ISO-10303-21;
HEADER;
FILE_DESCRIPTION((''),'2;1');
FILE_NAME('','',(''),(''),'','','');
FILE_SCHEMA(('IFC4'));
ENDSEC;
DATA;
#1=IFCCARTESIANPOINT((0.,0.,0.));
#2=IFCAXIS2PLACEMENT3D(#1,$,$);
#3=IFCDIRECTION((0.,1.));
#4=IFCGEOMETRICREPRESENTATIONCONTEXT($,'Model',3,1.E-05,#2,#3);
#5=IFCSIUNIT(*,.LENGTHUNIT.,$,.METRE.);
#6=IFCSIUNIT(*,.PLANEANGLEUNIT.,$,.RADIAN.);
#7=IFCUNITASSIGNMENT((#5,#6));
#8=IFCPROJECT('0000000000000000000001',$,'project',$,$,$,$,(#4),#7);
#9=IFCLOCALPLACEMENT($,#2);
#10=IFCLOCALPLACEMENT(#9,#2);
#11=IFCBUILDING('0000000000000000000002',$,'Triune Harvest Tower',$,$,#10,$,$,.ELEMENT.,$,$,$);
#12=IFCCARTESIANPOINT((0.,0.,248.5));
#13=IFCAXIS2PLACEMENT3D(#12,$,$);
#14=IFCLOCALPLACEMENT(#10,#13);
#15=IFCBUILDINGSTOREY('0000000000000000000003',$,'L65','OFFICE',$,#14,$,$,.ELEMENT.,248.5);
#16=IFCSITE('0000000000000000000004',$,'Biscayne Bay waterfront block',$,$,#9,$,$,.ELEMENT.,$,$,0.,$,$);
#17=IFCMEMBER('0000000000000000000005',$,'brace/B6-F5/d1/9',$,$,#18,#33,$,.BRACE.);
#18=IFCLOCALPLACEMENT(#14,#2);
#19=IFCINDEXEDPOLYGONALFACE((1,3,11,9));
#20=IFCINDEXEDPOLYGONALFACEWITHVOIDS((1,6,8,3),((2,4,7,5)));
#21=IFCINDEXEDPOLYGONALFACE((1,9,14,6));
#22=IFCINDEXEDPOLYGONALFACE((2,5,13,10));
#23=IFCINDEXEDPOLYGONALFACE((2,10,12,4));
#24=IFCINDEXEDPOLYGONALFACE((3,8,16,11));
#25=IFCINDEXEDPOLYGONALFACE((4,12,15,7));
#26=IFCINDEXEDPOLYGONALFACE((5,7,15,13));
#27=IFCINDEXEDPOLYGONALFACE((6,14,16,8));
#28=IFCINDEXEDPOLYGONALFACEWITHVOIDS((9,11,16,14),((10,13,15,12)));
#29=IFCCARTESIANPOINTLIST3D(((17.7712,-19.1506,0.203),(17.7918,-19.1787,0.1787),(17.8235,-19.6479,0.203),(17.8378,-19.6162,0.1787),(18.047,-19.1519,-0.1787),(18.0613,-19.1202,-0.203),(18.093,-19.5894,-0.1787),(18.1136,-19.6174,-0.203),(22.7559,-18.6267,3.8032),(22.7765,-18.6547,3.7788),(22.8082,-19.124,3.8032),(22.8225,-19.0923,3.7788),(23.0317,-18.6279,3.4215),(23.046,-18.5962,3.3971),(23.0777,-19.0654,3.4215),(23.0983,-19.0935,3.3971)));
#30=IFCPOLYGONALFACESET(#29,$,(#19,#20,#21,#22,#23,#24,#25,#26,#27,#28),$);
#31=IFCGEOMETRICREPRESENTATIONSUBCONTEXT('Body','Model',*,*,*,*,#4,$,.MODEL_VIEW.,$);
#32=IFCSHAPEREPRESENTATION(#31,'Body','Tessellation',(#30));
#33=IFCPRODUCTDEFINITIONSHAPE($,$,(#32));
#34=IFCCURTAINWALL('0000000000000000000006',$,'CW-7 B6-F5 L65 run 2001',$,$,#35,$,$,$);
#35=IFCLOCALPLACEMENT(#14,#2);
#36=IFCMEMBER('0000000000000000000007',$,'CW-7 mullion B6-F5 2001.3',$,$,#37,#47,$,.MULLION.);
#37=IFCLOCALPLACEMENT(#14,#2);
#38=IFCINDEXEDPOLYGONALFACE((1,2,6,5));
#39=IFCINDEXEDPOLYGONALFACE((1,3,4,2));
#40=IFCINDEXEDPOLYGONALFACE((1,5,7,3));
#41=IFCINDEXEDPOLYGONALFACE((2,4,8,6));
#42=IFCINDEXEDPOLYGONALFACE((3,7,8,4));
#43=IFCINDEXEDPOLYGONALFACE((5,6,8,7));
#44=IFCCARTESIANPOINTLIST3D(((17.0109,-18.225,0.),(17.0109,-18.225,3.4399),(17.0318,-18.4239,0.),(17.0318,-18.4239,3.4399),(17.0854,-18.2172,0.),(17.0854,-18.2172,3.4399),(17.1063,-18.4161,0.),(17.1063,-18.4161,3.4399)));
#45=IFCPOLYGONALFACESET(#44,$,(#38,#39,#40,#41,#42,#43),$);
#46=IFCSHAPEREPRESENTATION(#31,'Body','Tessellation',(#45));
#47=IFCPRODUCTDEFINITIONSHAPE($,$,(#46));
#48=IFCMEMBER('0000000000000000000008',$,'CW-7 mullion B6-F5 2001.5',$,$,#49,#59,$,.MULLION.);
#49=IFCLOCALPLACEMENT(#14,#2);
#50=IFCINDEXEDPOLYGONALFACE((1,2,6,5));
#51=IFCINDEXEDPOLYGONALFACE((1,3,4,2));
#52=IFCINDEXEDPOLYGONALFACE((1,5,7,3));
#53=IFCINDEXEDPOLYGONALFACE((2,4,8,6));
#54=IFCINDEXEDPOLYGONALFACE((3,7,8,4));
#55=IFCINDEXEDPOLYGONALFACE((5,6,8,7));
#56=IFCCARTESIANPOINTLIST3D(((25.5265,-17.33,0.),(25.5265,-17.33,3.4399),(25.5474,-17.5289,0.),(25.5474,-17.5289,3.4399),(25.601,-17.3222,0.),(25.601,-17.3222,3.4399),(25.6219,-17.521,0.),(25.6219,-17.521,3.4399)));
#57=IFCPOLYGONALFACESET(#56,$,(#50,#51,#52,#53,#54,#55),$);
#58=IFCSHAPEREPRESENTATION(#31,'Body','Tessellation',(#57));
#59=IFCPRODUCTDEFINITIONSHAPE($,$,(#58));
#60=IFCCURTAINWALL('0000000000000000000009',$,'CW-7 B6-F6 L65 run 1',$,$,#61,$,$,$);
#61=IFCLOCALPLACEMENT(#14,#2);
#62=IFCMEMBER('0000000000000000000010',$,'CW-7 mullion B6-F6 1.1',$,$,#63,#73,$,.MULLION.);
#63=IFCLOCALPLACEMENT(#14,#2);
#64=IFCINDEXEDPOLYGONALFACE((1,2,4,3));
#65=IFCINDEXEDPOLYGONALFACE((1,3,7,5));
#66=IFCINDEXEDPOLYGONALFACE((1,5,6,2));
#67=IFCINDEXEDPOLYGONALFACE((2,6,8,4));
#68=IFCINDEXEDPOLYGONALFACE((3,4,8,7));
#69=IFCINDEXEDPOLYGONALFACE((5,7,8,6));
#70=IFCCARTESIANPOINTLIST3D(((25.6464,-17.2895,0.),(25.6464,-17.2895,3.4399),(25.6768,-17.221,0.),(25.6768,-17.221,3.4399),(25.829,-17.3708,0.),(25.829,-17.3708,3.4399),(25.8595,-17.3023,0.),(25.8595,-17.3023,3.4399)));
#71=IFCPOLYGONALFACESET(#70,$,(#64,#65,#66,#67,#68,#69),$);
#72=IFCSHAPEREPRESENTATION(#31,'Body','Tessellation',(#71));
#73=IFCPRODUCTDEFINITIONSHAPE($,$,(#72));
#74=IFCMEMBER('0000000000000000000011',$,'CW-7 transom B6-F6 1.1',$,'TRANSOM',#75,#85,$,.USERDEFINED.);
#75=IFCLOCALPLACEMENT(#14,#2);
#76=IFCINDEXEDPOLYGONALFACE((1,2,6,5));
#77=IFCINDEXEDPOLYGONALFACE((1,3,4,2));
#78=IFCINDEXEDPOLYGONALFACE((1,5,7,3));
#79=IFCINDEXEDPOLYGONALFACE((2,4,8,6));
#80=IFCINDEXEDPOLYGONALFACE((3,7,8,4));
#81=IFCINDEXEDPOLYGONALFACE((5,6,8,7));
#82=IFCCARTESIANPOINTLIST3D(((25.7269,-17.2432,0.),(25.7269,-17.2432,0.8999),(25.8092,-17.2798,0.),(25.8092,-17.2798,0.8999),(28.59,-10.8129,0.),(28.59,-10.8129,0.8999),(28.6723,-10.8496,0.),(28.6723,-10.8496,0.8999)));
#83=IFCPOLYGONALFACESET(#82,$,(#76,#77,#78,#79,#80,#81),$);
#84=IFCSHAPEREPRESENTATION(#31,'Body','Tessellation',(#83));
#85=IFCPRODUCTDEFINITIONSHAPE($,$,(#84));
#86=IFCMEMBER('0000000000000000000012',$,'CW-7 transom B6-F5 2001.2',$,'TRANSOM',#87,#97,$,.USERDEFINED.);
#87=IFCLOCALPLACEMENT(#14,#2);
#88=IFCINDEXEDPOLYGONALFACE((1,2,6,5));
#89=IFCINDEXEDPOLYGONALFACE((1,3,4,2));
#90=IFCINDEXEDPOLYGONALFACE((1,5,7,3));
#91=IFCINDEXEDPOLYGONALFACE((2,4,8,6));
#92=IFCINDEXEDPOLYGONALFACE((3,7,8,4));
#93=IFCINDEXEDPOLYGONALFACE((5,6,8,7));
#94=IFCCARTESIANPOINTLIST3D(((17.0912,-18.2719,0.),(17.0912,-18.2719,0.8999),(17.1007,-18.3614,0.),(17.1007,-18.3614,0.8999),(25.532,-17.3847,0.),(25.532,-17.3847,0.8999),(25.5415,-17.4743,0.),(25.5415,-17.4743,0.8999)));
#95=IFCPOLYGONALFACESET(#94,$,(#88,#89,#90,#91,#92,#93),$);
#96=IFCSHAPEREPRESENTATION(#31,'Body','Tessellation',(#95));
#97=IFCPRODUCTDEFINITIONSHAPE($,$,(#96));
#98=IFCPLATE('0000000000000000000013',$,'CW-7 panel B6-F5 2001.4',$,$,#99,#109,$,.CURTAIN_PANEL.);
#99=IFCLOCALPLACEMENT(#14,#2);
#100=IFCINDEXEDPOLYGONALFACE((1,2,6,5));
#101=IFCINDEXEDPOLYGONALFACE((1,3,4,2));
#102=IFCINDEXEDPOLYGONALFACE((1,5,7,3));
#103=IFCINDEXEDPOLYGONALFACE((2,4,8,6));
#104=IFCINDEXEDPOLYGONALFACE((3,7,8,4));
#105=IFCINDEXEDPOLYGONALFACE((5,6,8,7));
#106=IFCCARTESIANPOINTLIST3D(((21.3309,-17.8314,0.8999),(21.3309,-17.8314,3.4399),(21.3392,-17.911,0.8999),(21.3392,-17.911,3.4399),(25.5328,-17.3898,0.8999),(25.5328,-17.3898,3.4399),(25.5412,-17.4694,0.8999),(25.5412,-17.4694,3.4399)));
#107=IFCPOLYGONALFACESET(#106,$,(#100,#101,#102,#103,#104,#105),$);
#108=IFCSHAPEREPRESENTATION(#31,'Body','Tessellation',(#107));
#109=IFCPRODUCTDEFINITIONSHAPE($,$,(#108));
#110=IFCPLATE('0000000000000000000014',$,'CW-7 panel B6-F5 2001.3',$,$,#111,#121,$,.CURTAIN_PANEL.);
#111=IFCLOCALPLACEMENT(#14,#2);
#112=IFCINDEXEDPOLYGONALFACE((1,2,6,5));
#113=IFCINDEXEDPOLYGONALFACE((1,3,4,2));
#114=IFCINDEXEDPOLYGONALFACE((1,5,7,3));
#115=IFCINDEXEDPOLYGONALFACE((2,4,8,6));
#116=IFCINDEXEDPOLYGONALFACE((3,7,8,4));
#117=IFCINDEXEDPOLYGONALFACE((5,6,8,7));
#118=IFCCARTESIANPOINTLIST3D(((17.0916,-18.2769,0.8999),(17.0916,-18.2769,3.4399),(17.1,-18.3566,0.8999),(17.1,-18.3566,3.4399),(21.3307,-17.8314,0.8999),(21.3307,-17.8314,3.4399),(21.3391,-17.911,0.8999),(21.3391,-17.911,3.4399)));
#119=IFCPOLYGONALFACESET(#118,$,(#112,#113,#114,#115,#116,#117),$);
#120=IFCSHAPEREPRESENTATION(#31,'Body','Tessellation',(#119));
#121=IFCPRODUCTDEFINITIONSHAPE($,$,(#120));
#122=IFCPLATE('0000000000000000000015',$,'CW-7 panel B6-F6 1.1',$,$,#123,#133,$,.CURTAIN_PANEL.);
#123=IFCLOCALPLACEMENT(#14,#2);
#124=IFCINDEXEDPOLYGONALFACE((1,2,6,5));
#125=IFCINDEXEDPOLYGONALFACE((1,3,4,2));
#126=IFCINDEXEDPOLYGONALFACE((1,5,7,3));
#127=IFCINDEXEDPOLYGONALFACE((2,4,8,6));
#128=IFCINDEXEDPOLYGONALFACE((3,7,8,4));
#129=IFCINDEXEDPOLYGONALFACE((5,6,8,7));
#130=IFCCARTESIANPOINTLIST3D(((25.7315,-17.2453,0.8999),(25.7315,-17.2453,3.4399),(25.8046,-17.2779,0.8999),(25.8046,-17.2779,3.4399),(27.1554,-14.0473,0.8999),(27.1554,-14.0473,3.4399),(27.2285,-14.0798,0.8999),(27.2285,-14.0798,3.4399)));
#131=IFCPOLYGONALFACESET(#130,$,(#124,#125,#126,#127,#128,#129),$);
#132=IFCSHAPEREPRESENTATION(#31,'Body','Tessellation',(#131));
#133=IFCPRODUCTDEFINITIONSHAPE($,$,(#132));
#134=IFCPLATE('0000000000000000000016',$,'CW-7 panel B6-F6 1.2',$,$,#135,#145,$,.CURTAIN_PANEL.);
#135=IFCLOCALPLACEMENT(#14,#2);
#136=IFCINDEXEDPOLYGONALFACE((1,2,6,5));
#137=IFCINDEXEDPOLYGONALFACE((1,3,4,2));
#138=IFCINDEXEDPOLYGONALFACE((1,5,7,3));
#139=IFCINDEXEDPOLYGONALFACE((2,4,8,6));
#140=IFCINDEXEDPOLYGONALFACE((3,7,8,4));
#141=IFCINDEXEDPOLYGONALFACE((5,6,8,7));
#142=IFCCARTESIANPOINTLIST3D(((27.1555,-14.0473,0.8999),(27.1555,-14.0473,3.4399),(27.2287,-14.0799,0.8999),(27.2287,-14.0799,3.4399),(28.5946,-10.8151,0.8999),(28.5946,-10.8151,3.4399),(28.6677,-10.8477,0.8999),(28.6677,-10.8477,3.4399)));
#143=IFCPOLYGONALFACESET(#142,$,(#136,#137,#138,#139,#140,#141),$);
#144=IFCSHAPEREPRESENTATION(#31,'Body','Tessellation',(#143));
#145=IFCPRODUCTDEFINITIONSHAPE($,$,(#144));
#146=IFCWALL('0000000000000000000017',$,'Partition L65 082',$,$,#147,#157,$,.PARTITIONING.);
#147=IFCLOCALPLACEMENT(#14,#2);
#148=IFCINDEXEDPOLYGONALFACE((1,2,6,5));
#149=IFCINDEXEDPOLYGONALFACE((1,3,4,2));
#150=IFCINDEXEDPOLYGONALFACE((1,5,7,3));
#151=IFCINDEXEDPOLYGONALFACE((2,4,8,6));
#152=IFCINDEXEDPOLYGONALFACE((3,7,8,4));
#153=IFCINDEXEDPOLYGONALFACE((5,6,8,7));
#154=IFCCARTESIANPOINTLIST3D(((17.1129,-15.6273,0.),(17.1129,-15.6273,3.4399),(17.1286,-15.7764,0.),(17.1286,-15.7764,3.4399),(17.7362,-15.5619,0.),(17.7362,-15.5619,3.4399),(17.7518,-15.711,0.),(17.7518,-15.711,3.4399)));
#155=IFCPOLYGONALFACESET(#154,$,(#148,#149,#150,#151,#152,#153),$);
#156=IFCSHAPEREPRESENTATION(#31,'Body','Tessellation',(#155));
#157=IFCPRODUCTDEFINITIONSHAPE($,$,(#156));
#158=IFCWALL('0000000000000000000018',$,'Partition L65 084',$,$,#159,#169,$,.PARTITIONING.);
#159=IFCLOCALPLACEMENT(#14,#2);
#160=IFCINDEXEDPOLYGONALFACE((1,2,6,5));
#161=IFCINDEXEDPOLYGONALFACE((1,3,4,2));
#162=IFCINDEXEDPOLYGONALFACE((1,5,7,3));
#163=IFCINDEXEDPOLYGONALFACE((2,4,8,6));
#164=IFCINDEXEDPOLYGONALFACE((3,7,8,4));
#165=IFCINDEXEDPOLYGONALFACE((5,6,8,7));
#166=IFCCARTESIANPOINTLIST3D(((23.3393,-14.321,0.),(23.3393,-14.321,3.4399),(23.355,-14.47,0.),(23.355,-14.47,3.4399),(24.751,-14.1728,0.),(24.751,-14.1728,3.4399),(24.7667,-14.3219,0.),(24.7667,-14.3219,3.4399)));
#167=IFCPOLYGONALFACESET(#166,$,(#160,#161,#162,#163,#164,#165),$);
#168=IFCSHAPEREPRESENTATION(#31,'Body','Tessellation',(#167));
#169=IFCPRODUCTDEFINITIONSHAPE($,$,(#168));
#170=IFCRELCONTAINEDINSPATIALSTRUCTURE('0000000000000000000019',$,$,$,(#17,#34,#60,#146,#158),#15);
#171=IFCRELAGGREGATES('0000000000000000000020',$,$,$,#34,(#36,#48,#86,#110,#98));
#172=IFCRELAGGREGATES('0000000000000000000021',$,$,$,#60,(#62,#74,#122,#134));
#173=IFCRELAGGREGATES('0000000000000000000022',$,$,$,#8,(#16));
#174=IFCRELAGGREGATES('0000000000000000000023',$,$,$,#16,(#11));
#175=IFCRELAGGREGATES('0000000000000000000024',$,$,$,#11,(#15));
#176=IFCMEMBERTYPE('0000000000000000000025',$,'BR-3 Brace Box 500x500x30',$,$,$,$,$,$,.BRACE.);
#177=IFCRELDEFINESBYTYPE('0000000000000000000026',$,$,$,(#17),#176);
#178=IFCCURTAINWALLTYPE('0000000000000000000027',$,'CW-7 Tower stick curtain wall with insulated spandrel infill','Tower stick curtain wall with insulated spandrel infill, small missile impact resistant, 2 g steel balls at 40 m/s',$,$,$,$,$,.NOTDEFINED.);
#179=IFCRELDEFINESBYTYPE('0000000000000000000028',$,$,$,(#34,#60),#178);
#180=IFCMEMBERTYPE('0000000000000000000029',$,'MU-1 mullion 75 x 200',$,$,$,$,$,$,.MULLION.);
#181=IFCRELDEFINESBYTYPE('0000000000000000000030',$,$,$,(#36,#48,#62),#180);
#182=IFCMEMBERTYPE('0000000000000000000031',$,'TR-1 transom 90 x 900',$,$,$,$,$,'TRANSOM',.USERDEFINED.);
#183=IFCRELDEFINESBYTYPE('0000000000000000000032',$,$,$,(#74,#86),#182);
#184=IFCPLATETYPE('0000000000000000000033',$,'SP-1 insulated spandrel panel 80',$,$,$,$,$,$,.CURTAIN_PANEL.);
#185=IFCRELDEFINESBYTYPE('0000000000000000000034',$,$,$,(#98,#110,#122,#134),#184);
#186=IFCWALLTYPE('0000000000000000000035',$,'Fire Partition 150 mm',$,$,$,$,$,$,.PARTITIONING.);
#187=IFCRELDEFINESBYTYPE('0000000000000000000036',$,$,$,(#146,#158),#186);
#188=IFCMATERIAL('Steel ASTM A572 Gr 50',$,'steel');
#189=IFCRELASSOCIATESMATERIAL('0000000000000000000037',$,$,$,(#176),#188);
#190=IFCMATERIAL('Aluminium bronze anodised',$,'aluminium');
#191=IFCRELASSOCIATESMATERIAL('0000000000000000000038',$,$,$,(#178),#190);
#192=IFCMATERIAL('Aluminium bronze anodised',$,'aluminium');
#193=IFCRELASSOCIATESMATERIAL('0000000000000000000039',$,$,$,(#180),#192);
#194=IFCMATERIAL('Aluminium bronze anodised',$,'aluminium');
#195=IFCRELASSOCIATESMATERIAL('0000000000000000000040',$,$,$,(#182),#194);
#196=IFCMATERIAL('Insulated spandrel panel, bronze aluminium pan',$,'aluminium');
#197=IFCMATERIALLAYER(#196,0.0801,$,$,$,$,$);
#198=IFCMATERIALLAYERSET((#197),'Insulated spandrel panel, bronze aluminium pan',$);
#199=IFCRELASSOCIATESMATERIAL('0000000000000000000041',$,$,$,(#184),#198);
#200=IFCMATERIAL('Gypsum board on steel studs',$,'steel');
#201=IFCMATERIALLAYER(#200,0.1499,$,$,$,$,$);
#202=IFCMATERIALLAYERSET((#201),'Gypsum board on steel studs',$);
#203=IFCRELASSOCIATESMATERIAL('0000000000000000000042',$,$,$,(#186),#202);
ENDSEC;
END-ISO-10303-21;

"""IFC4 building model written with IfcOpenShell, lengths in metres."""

from ifc_helpers import new_model, si_unit, direction, frame, frame_2d, origin, origin_2d, place, context, subcontext, project, spatial, rectangle, hollow_rectangle, extrude, source, transform, mapped, material, layer, layer_set, material_profile, profile_set, type_object, element, aggregate, save


model = new_model("IFC4")

# Units and contexts
model_context = context("Model", 3, precision=1e-05, world=origin(), true_north=direction((0.0, 1.0)))
body_context = subcontext(model_context, "Body", "Model", "MODEL_VIEW")
ifc_project = project(units=[si_unit("LENGTHUNIT", "METRE"), si_unit("PLANEANGLEUNIT", "RADIAN")], contexts=[model_context])

# Site, building, storey
site_placement = place(None, origin())
site = spatial("IfcSite", under=ifc_project, at=site_placement, Name="Biscayne Bay waterfront block", CompositionType="ELEMENT", RefElevation=0.0)
building_placement = place(site_placement, origin())
building = spatial("IfcBuilding", under=site, at=building_placement, Name="Triune Harvest Tower", CompositionType="ELEMENT")
storey_placement = place(building_placement, frame((0.0, 0.0, 248.5)))
storey = spatial("IfcBuildingStorey", under=building, at=storey_placement, Name="L65", Description="OFFICE", CompositionType="ELEMENT", Elevation=248.5)

# Member
ifc_material_1 = material(Name="Steel ASTM A572 Gr 50", Category="steel")
ifc_material_profile_1 = material_profile(ifc_material_1, hollow_rectangle(XDim=0.5, YDim=0.5, WallThickness=0.03, at=origin_2d()), Name="Box 500x500x30")
ifc_profile_set_1 = profile_set([ifc_material_profile_1], Name="Steel ASTM A572 Gr 50")
member_type_1 = type_object("IfcMemberType", Name="BR-3 Brace Box 500x500x30", PredefinedType="BRACE", material=ifc_profile_set_1)
shared_shape_1 = source(origin(), body_context, "Body", "SweptSolid", [
    extrude(hollow_rectangle(XDim=0.5, YDim=0.5, WallThickness=0.03, at=origin_2d()), origin(), (0.0, 0.0, 1.0), 6.1711),
])
member_1_placement = place(storey_placement, frame((17.9424, -19.384, 0.0), z_axis=(0.807745, 0.084901, 0.583387), x_axis=(-0.104533, 0.994521, 0.0)))
element("IfcMember", 1, at=member_1_placement, inside=storey, type_object=member_type_1, Name="brace/B6-F5/d1/9", PredefinedType="BRACE", context=body_context, shape_type="MappedRepresentation", body=[
    mapped(shared_shape_1, transform((0.0, 0.0, 0.0), scale=1.0)),
])

# Curtain walls, members
ifc_material_2 = material(Name="Aluminium bronze anodised", Category="aluminium")
curtain_wall_type = type_object("IfcCurtainWallType", Name="CW-7 Tower stick curtain wall with insulated spandrel infill", Description="Tower stick curtain wall with insulated spandrel infill, small missile impact resistant, 2 g steel balls at 40 m/s", PredefinedType="NOTDEFINED", material=ifc_material_2)
curtain_wall_1_placement = place(storey_placement, origin())
curtain_wall_1 = element("IfcCurtainWall", 2, at=curtain_wall_1_placement, inside=storey, type_object=curtain_wall_type, Name="CW-7 B6-F5 L65 run 2001")
ifc_material_3 = material(Name="Aluminium bronze anodised", Category="aluminium")
ifc_material_profile_2 = material_profile(ifc_material_3, rectangle(XDim=0.2, YDim=0.075, at=origin_2d()), Name="MU-1 mullion 75 x 200")
ifc_profile_set_2 = profile_set([ifc_material_profile_2], Name="Aluminium bronze anodised")
member_type_2 = type_object("IfcMemberType", Name="MU-1 mullion 75 x 200", PredefinedType="MULLION", material=ifc_profile_set_2)
shared_shape_2 = source(origin(), body_context, "Body", "SweptSolid", [
    extrude(rectangle(XDim=0.2, YDim=0.075, at=origin_2d()), origin(), (0.0, 0.0, 1.0), 3.4399),
])
member_2_placement = place(storey_placement, frame((17.0586, -18.3206, 0.0), z_axis=(0.0, 0.0, 1.0), x_axis=(-0.104528, 0.994522, 0.0)))
member_2 = element("IfcMember", 3, at=member_2_placement, type_object=member_type_2, Name="CW-7 mullion B6-F5 2001.3", PredefinedType="MULLION", context=body_context, shape_type="MappedRepresentation", body=[
    mapped(shared_shape_2, transform((0.0, 0.0, 0.0), scale=1.0)),
])
member_3_placement = place(storey_placement, frame((25.5742, -17.4255, 0.0), z_axis=(0.0, 0.0, 1.0), x_axis=(-0.104528, 0.994522, 0.0)))
member_3 = element("IfcMember", 4, at=member_3_placement, type_object=member_type_2, Name="CW-7 mullion B6-F5 2001.5", PredefinedType="MULLION", context=body_context, shape_type="MappedRepresentation", body=[
    mapped(shared_shape_2, transform((0.0, 0.0, 0.0), scale=1.0)),
])
curtain_wall_2_placement = place(storey_placement, origin())
curtain_wall_2 = element("IfcCurtainWall", 5, at=curtain_wall_2_placement, inside=storey, type_object=curtain_wall_type, Name="CW-7 B6-F6 L65 run 1")
member_4_placement = place(storey_placement, frame((25.7529, -17.2959, 0.0), z_axis=(0.0, 0.0, 1.0), x_axis=(-0.913543, 0.406743, 0.0)))
member_4 = element("IfcMember", 6, at=member_4_placement, type_object=member_type_2, Name="CW-7 mullion B6-F6 1.1", PredefinedType="MULLION", context=body_context, shape_type="MappedRepresentation", body=[
    mapped(shared_shape_2, transform((0.0, 0.0, 0.0), scale=1.0)),
])
ifc_material_4 = material(Name="Aluminium bronze anodised", Category="aluminium")
ifc_material_profile_3 = material_profile(ifc_material_4, rectangle(XDim=0.0901, YDim=0.8999, at=origin_2d()), Name="TR-1 transom 90 x 900")
ifc_profile_set_3 = profile_set([ifc_material_profile_3], Name="Aluminium bronze anodised")
member_type_3 = type_object("IfcMemberType", Name="TR-1 transom 90 x 900", ElementType="TRANSOM", PredefinedType="USERDEFINED", material=ifc_profile_set_3)
shared_shape_3 = source(origin(), body_context, "Body", "SweptSolid", [
    extrude(rectangle(XDim=0.0901, YDim=0.8999, at=origin_2d()), origin(), (0.0, 0.0, 1.0), 7.0388),
])
member_5_placement = place(storey_placement, frame((25.7681, -17.2615, 0.45), z_axis=(0.406753, 0.913538, 0.0), x_axis=(-0.913538, 0.406753, 0.0)))
member_5 = element("IfcMember", 7, at=member_5_placement, type_object=member_type_3, Name="CW-7 transom B6-F6 1.1", ObjectType="TRANSOM", PredefinedType="USERDEFINED", context=body_context, shape_type="MappedRepresentation", body=[
    mapped(shared_shape_3, transform((0.0, 0.0, 0.0), scale=1.0)),
])

# Member
shared_shape_4 = source(origin(), body_context, "Body", "SweptSolid", [
    extrude(rectangle(XDim=0.0901, YDim=0.8999, at=origin_2d()), origin(), (0.0, 0.0, 1.0), 8.4873),
])
member_6_placement = place(storey_placement, frame((17.0959, -18.3167, 0.45), z_axis=(0.994522, 0.104532, 0.0), x_axis=(-0.104532, 0.994522, 0.0)))
member_6 = element("IfcMember", 8, at=member_6_placement, type_object=member_type_3, Name="CW-7 transom B6-F5 2001.2", ObjectType="TRANSOM", PredefinedType="USERDEFINED", context=body_context, shape_type="MappedRepresentation", body=[
    mapped(shared_shape_4, transform((0.0, 0.0, 0.0), scale=1.0)),
])

# Plates
ifc_material_5 = material(Name="Insulated spandrel panel, bronze aluminium pan", Category="aluminium")
ifc_layer_1 = layer(ifc_material_5, 0.0801)
ifc_layer_set_1 = layer_set([ifc_layer_1], Name="Insulated spandrel panel, bronze aluminium pan")
plate_type = type_object("IfcPlateType", Name="SP-1 insulated spandrel panel 80", PredefinedType="CURTAIN_PANEL", material=ifc_layer_set_1)
shared_shape_5 = source(origin(), body_context, "Body", "SweptSolid", [
    extrude(rectangle(XDim=4.2251, YDim=0.0801, at=origin_2d()), origin(), (0.0, 0.0, 1.0), 2.54),
])
plate_1_placement = place(storey_placement, frame((23.436, -17.6504, 0.8999), z_axis=(0.0, 0.0, 1.0), x_axis=(0.994522, 0.104528, 0.0)))
plate_1 = element("IfcPlate", 9, at=plate_1_placement, type_object=plate_type, Name="CW-7 panel B6-F5 2001.4", PredefinedType="CURTAIN_PANEL", context=body_context, shape_type="MappedRepresentation", body=[
    mapped(shared_shape_5, transform((0.0, 0.0, 0.0), scale=1.0)),
])
shared_shape_6 = source(origin(), body_context, "Body", "SweptSolid", [
    extrude(rectangle(XDim=4.2625, YDim=0.0801, at=origin_2d()), origin(), (0.0, 0.0, 1.0), 2.54),
])
plate_2_placement = place(storey_placement, frame((19.2153, -18.094, 0.8999), z_axis=(0.0, 0.0, 1.0), x_axis=(0.994522, 0.104528, 0.0)))
plate_2 = element("IfcPlate", 10, at=plate_2_placement, type_object=plate_type, Name="CW-7 panel B6-F5 2001.3", PredefinedType="CURTAIN_PANEL", context=body_context, shape_type="MappedRepresentation", body=[
    mapped(shared_shape_6, transform((0.0, 0.0, 0.0), scale=1.0)),
])
aggregate(curtain_wall_1, [member_2, member_3, member_6, plate_2, plate_1])
shared_shape_7 = source(origin(), body_context, "Body", "SweptSolid", [
    extrude(rectangle(XDim=3.5007, YDim=0.0801, at=origin_2d()), origin(), (0.0, 0.0, 1.0), 2.54),
])
plate_3_placement = place(storey_placement, frame((26.48, -15.6626, 0.8999), z_axis=(0.0, 0.0, 1.0), x_axis=(0.406743, 0.913543, 0.0)))
plate_3 = element("IfcPlate", 11, at=plate_3_placement, type_object=plate_type, Name="CW-7 panel B6-F6 1.1", PredefinedType="CURTAIN_PANEL", context=body_context, shape_type="MappedRepresentation", body=[
    mapped(shared_shape_7, transform((0.0, 0.0, 0.0), scale=1.0)),
])
shared_shape_8 = source(origin(), body_context, "Body", "SweptSolid", [
    extrude(rectangle(XDim=3.5381, YDim=0.0801, at=origin_2d()), origin(), (0.0, 0.0, 1.0), 2.54),
])
plate_4_placement = place(storey_placement, frame((27.9116, -12.4475, 0.8999), z_axis=(0.0, 0.0, 1.0), x_axis=(0.406743, 0.913543, 0.0)))
plate_4 = element("IfcPlate", 12, at=plate_4_placement, type_object=plate_type, Name="CW-7 panel B6-F6 1.2", PredefinedType="CURTAIN_PANEL", context=body_context, shape_type="MappedRepresentation", body=[
    mapped(shared_shape_8, transform((0.0, 0.0, 0.0), scale=1.0)),
])
aggregate(curtain_wall_2, [member_4, member_5, plate_3, plate_4])

# Walls
ifc_material_6 = material(Name="Gypsum board on steel studs", Category="steel")
ifc_layer_2 = layer(ifc_material_6, 0.1499)
ifc_layer_set_2 = layer_set([ifc_layer_2], Name="Gypsum board on steel studs")
wall_type_1 = type_object("IfcWallType", Name="Fire Partition 150 mm", PredefinedType="PARTITIONING", material=ifc_layer_set_2)
wall_1_placement = place(storey_placement, frame((17.1206, -15.7019, 0.0), z_axis=(0.0, 0.0, 1.0), x_axis=(0.994535, 0.104401, 0.0)))
element("IfcWall", 13, at=wall_1_placement, inside=storey, type_object=wall_type_1, Name="Partition L65 082", PredefinedType="PARTITIONING", context=body_context, shape_type="SweptSolid", body=[
    extrude(rectangle(XDim=0.6267, YDim=0.1499, at=frame_2d((0.3135, 0.0))), origin(), (0.0, 0.0, 1.0), 3.4399),
])
wall_2_placement = place(storey_placement, frame((23.3472, -14.3955, 0.0), z_axis=(0.0, 0.0, 1.0), x_axis=(0.994535, 0.104407, 0.0)))
element("IfcWall", 14, at=wall_2_placement, inside=storey, type_object=wall_type_1, Name="Partition L65 084", PredefinedType="PARTITIONING", context=body_context, shape_type="SweptSolid", body=[
    extrude(rectangle(XDim=1.4194, YDim=0.1499, at=frame_2d((0.7097, 0.0))), origin(), (0.0, 0.0, 1.0), 3.4399),
])

save(model, "model.ifc")
